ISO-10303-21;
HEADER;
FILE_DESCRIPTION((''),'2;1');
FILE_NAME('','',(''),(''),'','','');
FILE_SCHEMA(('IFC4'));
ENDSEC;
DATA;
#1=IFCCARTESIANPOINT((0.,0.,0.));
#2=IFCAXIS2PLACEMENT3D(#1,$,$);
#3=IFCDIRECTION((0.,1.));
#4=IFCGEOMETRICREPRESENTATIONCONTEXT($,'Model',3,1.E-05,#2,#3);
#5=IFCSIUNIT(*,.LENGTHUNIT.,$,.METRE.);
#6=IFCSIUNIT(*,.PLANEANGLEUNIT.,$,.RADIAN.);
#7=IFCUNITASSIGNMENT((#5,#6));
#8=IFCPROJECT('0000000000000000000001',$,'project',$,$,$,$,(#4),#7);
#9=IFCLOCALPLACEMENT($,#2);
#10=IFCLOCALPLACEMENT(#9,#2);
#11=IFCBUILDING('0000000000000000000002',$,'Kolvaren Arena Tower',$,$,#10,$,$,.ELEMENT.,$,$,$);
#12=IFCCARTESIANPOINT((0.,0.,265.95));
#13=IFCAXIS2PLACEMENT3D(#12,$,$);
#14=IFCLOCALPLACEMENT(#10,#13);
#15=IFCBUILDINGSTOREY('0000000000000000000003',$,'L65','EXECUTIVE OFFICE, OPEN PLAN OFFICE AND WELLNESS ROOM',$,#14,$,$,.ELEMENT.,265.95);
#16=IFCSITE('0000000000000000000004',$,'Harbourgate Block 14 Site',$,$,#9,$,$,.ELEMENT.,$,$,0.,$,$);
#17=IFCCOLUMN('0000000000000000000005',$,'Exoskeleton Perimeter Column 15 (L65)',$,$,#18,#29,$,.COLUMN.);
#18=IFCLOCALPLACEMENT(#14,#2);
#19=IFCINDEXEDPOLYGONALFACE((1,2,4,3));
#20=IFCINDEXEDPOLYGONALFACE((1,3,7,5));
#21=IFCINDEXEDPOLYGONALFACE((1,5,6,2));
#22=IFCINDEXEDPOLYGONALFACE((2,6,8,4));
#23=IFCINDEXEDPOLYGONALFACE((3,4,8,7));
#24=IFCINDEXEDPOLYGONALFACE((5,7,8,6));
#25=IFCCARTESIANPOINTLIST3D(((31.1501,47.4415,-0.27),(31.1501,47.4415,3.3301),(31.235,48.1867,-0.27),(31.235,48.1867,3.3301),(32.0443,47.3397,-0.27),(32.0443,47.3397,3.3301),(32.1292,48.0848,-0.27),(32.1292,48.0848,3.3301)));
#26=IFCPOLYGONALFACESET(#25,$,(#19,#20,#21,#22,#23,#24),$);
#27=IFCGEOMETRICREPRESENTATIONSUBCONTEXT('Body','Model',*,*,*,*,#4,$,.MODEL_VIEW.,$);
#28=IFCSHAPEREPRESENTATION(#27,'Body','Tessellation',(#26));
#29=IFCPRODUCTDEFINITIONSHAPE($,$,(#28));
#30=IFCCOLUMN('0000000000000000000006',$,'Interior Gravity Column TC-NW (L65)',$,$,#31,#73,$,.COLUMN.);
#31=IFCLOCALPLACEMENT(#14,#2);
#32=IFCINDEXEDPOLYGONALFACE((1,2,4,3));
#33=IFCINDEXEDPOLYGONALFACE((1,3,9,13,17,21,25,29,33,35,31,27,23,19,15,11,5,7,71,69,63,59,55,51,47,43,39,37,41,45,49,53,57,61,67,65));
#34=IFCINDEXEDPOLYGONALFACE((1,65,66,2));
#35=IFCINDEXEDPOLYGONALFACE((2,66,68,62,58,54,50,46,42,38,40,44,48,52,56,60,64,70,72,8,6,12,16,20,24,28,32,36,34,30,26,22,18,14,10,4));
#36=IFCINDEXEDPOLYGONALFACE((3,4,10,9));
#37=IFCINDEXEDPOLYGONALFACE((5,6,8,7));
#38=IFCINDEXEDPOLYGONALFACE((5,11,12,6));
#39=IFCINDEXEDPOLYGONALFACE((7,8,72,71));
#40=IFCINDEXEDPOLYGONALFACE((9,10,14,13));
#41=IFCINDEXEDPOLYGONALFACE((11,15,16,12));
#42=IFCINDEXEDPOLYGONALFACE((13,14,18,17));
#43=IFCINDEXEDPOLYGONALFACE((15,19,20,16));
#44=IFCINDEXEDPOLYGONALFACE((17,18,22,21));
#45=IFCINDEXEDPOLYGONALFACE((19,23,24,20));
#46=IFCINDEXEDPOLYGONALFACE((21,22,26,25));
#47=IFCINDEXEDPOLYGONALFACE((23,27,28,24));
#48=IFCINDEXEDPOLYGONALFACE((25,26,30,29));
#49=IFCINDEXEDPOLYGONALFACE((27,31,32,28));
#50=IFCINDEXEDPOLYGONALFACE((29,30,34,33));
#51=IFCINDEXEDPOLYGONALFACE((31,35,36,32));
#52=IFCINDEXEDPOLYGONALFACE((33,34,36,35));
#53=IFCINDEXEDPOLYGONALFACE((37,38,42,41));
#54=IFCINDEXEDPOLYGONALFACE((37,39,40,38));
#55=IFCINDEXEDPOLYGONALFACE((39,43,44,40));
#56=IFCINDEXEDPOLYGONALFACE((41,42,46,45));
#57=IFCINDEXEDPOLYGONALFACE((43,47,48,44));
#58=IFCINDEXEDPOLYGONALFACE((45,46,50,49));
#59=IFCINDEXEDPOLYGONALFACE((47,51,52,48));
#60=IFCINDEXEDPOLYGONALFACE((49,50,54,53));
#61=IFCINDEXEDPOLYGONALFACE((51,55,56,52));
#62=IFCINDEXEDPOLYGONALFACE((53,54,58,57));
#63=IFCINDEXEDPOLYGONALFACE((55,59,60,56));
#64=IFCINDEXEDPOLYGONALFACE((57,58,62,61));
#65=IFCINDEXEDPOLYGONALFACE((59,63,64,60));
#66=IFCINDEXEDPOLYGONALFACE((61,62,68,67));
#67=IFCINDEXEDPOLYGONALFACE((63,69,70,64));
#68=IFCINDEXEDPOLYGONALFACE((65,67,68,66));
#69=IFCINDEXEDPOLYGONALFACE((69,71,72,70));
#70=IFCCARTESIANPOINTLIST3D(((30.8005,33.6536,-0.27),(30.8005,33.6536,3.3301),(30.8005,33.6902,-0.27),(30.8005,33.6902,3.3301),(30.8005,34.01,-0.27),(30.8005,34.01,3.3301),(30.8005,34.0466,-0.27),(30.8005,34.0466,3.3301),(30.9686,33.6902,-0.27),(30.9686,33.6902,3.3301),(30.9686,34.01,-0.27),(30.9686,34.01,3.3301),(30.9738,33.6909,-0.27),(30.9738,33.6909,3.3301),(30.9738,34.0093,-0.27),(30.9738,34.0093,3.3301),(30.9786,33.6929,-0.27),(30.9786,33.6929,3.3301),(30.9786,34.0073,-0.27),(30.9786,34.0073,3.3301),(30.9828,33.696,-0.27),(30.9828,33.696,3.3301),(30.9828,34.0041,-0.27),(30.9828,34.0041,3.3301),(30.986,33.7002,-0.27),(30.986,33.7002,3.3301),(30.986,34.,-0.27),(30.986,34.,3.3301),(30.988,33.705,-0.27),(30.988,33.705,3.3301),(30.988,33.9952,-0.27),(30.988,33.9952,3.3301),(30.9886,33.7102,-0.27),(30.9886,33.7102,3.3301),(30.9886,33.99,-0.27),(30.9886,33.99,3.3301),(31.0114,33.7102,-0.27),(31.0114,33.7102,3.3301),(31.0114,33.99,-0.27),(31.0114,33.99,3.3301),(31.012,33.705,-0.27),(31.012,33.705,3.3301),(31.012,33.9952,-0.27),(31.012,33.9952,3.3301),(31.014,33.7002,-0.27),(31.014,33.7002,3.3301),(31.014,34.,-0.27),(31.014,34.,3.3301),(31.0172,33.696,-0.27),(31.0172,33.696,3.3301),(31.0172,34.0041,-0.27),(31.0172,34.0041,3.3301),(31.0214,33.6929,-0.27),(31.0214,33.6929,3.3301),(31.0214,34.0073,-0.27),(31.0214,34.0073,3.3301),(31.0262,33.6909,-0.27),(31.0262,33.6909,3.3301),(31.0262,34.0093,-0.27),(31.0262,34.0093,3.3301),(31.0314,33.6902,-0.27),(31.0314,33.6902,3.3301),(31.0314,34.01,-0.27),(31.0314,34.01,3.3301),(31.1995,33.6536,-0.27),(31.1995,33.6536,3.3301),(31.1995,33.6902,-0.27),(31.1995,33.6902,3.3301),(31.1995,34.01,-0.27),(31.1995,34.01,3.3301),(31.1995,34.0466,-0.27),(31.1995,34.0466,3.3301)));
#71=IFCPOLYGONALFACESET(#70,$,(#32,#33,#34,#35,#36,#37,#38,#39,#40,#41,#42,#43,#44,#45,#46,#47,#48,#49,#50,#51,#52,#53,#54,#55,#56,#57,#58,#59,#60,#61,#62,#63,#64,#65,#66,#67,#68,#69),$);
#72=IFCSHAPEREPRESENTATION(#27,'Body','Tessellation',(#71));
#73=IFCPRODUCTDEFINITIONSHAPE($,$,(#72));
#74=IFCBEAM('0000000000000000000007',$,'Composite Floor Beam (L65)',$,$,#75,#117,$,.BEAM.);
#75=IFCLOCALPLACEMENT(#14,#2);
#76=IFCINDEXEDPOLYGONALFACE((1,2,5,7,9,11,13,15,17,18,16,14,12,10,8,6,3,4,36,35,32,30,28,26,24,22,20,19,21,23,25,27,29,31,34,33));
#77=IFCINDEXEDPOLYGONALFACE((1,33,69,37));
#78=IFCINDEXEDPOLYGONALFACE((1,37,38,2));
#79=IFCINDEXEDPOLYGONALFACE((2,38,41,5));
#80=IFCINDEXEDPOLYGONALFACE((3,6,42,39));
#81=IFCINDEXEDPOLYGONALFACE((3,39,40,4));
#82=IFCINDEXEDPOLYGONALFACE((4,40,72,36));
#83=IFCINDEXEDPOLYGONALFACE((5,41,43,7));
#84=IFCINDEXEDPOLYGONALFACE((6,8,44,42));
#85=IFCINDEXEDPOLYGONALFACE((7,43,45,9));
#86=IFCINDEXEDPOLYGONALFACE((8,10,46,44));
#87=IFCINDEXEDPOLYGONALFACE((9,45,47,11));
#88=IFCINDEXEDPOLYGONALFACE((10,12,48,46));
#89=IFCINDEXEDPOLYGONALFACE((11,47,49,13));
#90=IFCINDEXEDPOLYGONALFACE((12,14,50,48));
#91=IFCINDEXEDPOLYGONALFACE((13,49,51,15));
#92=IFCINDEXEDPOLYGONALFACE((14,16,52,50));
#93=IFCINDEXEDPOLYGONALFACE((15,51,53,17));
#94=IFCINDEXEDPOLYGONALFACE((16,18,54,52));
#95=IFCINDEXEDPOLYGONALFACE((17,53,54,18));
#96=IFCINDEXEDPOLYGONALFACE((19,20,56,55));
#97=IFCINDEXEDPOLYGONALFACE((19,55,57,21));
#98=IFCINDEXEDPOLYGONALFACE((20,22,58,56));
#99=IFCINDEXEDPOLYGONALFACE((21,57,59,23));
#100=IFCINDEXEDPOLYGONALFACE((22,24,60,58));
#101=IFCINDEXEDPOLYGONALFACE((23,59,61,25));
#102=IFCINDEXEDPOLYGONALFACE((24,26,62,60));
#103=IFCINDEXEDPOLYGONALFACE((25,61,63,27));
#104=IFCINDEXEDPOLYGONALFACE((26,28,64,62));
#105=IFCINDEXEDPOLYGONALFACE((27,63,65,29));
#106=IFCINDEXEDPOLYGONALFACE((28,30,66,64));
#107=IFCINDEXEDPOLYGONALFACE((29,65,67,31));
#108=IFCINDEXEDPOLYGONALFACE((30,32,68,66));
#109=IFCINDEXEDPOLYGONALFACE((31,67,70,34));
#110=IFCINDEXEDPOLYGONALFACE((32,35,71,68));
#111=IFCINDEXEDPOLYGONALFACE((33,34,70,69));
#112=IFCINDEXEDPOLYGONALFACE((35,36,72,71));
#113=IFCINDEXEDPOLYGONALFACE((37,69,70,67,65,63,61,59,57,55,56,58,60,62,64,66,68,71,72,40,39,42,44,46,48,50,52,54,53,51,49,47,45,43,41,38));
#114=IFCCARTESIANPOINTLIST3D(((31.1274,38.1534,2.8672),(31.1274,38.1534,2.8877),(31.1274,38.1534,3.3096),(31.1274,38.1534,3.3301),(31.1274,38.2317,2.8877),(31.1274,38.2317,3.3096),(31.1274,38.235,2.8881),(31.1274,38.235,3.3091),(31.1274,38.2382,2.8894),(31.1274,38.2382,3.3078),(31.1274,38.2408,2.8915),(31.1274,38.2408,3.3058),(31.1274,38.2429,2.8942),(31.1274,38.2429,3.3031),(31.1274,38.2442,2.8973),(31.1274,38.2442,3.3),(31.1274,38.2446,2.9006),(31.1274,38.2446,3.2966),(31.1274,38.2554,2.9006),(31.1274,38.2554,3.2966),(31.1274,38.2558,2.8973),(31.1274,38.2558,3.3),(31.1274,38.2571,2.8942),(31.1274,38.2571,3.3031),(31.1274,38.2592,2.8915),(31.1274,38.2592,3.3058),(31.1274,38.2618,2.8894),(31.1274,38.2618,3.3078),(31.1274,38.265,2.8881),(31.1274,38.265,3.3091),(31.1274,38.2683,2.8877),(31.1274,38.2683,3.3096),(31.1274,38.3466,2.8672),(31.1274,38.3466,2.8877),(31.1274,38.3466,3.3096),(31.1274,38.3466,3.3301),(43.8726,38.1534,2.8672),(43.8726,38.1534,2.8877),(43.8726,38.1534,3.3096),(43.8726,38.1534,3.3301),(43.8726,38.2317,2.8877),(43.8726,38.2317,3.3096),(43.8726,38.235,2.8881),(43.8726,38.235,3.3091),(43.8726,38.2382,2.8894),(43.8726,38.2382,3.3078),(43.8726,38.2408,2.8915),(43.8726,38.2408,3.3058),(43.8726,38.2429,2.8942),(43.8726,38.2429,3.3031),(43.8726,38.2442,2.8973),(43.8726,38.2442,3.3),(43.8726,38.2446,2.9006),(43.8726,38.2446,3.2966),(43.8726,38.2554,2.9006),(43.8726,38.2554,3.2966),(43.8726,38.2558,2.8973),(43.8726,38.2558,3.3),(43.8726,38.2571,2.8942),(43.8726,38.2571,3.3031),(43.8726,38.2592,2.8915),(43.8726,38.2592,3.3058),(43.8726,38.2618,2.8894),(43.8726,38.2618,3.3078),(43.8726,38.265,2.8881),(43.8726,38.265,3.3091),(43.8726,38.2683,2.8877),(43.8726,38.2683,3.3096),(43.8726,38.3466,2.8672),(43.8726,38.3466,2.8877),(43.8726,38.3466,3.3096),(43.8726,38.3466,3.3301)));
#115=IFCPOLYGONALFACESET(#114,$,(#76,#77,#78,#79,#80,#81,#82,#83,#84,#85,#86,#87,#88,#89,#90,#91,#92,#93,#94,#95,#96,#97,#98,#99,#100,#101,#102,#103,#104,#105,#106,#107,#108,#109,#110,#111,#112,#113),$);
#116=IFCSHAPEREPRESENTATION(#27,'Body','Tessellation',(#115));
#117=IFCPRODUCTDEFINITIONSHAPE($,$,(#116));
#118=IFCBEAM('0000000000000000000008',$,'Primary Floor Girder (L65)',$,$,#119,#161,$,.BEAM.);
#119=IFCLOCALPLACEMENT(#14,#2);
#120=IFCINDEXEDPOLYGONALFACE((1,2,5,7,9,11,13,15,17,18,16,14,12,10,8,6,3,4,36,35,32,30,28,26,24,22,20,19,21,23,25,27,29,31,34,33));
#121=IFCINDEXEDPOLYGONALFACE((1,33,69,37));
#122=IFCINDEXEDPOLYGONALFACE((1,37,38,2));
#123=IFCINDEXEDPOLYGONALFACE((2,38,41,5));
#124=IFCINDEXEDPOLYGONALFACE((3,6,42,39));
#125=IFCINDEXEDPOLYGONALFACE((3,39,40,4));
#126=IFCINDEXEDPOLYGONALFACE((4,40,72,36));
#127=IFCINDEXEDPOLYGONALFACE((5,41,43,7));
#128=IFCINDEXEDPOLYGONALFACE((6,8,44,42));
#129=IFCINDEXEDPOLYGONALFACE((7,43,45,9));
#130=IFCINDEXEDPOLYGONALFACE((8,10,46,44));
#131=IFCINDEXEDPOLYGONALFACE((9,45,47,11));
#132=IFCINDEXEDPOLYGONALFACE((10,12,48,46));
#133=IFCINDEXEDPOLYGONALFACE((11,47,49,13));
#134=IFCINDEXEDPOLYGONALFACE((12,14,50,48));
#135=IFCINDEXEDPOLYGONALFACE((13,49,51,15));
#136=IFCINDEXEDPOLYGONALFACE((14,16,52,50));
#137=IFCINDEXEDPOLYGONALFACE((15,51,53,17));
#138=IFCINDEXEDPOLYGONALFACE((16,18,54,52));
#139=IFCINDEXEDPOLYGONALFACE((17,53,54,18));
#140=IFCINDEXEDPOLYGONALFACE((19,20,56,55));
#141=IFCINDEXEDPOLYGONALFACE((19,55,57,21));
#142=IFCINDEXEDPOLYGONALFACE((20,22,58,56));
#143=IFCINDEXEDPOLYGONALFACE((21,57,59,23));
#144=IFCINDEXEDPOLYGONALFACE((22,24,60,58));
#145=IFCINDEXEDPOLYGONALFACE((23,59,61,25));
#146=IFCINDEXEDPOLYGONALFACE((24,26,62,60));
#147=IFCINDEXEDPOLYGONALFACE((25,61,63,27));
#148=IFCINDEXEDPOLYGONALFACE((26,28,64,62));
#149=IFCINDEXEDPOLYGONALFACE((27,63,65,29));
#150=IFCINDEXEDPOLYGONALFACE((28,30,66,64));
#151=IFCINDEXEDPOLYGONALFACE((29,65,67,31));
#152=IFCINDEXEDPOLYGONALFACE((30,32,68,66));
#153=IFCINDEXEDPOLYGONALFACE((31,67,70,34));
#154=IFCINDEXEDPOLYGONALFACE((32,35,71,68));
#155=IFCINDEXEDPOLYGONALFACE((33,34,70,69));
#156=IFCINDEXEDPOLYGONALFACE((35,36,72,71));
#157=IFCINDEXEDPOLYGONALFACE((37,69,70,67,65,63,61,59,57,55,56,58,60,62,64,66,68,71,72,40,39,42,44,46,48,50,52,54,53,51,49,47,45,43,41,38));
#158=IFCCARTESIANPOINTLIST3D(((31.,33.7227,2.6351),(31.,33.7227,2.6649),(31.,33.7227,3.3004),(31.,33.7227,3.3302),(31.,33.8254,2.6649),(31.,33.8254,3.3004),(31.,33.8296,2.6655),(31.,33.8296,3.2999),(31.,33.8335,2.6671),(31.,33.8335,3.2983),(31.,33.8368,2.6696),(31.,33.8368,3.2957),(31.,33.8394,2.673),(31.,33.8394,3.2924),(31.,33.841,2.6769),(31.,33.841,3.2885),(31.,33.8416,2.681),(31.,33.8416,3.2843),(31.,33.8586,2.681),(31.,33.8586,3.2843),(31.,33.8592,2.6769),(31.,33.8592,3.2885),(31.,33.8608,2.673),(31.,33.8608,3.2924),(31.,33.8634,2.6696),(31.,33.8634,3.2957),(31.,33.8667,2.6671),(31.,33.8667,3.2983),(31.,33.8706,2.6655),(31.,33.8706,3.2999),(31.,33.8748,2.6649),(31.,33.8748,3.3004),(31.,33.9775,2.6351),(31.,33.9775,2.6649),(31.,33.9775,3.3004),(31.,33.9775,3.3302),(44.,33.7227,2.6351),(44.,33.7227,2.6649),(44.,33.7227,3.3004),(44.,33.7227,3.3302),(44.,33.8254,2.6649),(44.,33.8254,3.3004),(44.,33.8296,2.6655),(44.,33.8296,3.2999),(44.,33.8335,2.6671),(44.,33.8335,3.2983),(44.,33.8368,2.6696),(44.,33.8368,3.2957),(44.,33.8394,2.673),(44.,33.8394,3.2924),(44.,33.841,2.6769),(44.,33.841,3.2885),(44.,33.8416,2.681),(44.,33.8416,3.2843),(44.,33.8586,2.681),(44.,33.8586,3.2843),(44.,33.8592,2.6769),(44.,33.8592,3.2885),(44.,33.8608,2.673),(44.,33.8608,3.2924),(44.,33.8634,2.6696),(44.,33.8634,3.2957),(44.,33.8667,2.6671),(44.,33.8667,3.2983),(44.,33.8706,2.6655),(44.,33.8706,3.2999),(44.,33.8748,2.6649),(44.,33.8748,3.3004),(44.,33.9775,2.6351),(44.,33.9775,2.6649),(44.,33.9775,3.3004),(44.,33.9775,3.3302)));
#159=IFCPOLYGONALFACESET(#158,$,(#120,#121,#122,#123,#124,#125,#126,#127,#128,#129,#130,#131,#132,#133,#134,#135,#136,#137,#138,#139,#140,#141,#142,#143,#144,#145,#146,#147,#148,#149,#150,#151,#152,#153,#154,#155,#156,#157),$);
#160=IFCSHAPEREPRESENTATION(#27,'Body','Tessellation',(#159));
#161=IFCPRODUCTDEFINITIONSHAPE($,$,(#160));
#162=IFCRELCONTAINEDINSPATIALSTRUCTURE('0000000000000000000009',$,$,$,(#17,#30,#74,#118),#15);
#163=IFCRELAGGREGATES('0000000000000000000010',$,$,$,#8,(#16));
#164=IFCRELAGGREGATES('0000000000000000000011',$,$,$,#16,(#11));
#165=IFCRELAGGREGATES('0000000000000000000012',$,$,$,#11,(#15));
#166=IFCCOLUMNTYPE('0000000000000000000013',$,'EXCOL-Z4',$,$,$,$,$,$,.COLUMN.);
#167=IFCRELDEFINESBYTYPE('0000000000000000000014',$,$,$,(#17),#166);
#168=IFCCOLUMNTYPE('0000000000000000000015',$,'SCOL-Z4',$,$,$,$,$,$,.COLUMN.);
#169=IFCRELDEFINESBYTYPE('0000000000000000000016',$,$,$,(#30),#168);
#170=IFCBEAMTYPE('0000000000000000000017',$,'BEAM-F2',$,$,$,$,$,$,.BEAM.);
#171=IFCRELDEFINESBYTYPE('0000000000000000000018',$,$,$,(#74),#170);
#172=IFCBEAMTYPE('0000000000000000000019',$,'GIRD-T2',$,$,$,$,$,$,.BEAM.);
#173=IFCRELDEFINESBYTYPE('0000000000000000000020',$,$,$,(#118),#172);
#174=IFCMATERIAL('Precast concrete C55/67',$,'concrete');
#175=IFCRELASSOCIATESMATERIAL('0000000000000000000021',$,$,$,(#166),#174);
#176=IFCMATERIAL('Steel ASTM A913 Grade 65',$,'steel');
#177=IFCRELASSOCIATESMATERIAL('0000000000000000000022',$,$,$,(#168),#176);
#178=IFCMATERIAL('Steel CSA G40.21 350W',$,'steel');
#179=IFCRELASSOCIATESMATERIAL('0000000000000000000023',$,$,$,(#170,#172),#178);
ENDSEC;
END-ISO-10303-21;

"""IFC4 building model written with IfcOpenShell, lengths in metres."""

from ifc_helpers import new_model, si_unit, direction, frame, origin, origin_2d, place, context, subcontext, project, spatial, rectangle, i_section, extrude, material, material_profile, profile_set, type_object, element, save


model = new_model("IFC4")

# Units and contexts
model_context = context("Model", 3, precision=1e-05, world=origin(), true_north=direction((0.0, 1.0)))
body_context = subcontext(model_context, "Body", "Model", "MODEL_VIEW")
ifc_project = project(units=[si_unit("LENGTHUNIT", "METRE"), si_unit("PLANEANGLEUNIT", "RADIAN")], contexts=[model_context])

# Site, building, storey
site_placement = place(None, origin())
site = spatial("IfcSite", under=ifc_project, at=site_placement, Name="Harbourgate Block 14 Site", CompositionType="ELEMENT", RefElevation=0.0)
building_placement = place(site_placement, origin())
building = spatial("IfcBuilding", under=site, at=building_placement, Name="Kolvaren Arena Tower", CompositionType="ELEMENT")
storey_placement = place(building_placement, frame((0.0, 0.0, 265.95)))
storey = spatial("IfcBuildingStorey", under=building, at=storey_placement, Name="L65", Description="EXECUTIVE OFFICE, OPEN PLAN OFFICE AND WELLNESS ROOM", CompositionType="ELEMENT", Elevation=265.95)

# Columns
ifc_material_1 = material(Name="Precast concrete C55/67", Category="concrete")
ifc_material_profile_1 = material_profile(ifc_material_1, rectangle(XDim=0.8999, YDim=0.75, at=origin_2d()), Name="RC-900x750")
ifc_profile_set_1 = profile_set([ifc_material_profile_1], Name="Precast concrete C55/67")
column_type_1 = type_object("IfcColumnType", Name="EXCOL-Z4", PredefinedType="COLUMN", material=ifc_profile_set_1)
column_1_placement = place(storey_placement, frame((31.6396, 47.7632, -0.27), z_axis=(0.0, 0.0, 1.0), x_axis=(0.993572, -0.113203, 0.0)))
element("IfcColumn", 1, at=column_1_placement, inside=storey, type_object=column_type_1, Name="Exoskeleton Perimeter Column 15 (L65)", PredefinedType="COLUMN", context=body_context, shape_type="SweptSolid", body=[
    extrude(rectangle(XDim=0.8999, YDim=0.75, at=origin_2d()), origin(), (0.0, 0.0, 1.0), 3.6001),
])
ifc_material_2 = material(Name="Steel ASTM A913 Grade 65", Category="steel")
ifc_material_profile_2 = material_profile(ifc_material_2, i_section(OverallWidth=0.3989, OverallDepth=0.3931, WebThickness=0.0227, FlangeThickness=0.0366, FilletRadius=0.02, at=origin_2d()), Name="W360x287")
ifc_profile_set_2 = profile_set([ifc_material_profile_2], Name="Steel ASTM A913 Grade 65")
column_type_2 = type_object("IfcColumnType", Name="SCOL-Z4", PredefinedType="COLUMN", material=ifc_profile_set_2)
column_2_placement = place(storey_placement, frame((31.0, 33.8501, -0.27), z_axis=(0.0, 0.0, 1.0), x_axis=(1.0, 0.0, 0.0)))
element("IfcColumn", 2, at=column_2_placement, inside=storey, type_object=column_type_2, Name="Interior Gravity Column TC-NW (L65)", PredefinedType="COLUMN", context=body_context, shape_type="SweptSolid", body=[
    extrude(i_section(OverallWidth=0.3989, OverallDepth=0.3931, WebThickness=0.0227, FlangeThickness=0.0366, FilletRadius=0.02, at=origin_2d()), origin(), (0.0, 0.0, 1.0), 3.6001),
])

# Beams
ifc_material_3 = material(Name="Steel CSA G40.21 350W", Category="steel")
ifc_material_profile_3 = material_profile(ifc_material_3, i_section(OverallWidth=0.1931, OverallDepth=0.4629, WebThickness=0.0107, FlangeThickness=0.0205, FilletRadius=0.0129, at=origin_2d()), Name="W460x113")
ifc_profile_set_3 = profile_set([ifc_material_profile_3], Name="Steel CSA G40.21 350W")
beam_type_1 = type_object("IfcBeamType", Name="BEAM-F2", PredefinedType="BEAM", material=ifc_profile_set_3)
beam_1_placement = place(storey_placement, frame((31.1274, 38.25, 3.0986), z_axis=(1.0, 0.0, 0.0), x_axis=(0.0, 1.0, 0.0)))
element("IfcBeam", 3, at=beam_1_placement, inside=storey, type_object=beam_type_1, Name="Composite Floor Beam (L65)", PredefinedType="BEAM", context=body_context, shape_type="SweptSolid", body=[
    extrude(i_section(OverallWidth=0.1931, OverallDepth=0.4629, WebThickness=0.0107, FlangeThickness=0.0205, FilletRadius=0.0129, at=origin_2d()), origin(), (0.0, 0.0, 1.0), 12.7451),
])
ifc_material_profile_4 = material_profile(ifc_material_3, i_section(OverallWidth=0.2549, OverallDepth=0.6951, WebThickness=0.0171, FlangeThickness=0.0298, FilletRadius=0.0161, at=origin_2d()), Name="W690x217")
ifc_profile_set_4 = profile_set([ifc_material_profile_4], Name="Steel CSA G40.21 350W")
beam_type_2 = type_object("IfcBeamType", Name="GIRD-T2", PredefinedType="BEAM", material=ifc_profile_set_4)
beam_2_placement = place(storey_placement, frame((31.0, 33.8501, 2.9827), z_axis=(1.0, 0.0, 0.0), x_axis=(0.0, 1.0, 0.0)))
element("IfcBeam", 4, at=beam_2_placement, inside=storey, type_object=beam_type_2, Name="Primary Floor Girder (L65)", PredefinedType="BEAM", context=body_context, shape_type="SweptSolid", body=[
    extrude(i_section(OverallWidth=0.2549, OverallDepth=0.6951, WebThickness=0.0171, FlangeThickness=0.0298, FilletRadius=0.0161, at=origin_2d()), origin(), (0.0, 0.0, 1.0), 13.0),
])

save(model, "model.ifc")
